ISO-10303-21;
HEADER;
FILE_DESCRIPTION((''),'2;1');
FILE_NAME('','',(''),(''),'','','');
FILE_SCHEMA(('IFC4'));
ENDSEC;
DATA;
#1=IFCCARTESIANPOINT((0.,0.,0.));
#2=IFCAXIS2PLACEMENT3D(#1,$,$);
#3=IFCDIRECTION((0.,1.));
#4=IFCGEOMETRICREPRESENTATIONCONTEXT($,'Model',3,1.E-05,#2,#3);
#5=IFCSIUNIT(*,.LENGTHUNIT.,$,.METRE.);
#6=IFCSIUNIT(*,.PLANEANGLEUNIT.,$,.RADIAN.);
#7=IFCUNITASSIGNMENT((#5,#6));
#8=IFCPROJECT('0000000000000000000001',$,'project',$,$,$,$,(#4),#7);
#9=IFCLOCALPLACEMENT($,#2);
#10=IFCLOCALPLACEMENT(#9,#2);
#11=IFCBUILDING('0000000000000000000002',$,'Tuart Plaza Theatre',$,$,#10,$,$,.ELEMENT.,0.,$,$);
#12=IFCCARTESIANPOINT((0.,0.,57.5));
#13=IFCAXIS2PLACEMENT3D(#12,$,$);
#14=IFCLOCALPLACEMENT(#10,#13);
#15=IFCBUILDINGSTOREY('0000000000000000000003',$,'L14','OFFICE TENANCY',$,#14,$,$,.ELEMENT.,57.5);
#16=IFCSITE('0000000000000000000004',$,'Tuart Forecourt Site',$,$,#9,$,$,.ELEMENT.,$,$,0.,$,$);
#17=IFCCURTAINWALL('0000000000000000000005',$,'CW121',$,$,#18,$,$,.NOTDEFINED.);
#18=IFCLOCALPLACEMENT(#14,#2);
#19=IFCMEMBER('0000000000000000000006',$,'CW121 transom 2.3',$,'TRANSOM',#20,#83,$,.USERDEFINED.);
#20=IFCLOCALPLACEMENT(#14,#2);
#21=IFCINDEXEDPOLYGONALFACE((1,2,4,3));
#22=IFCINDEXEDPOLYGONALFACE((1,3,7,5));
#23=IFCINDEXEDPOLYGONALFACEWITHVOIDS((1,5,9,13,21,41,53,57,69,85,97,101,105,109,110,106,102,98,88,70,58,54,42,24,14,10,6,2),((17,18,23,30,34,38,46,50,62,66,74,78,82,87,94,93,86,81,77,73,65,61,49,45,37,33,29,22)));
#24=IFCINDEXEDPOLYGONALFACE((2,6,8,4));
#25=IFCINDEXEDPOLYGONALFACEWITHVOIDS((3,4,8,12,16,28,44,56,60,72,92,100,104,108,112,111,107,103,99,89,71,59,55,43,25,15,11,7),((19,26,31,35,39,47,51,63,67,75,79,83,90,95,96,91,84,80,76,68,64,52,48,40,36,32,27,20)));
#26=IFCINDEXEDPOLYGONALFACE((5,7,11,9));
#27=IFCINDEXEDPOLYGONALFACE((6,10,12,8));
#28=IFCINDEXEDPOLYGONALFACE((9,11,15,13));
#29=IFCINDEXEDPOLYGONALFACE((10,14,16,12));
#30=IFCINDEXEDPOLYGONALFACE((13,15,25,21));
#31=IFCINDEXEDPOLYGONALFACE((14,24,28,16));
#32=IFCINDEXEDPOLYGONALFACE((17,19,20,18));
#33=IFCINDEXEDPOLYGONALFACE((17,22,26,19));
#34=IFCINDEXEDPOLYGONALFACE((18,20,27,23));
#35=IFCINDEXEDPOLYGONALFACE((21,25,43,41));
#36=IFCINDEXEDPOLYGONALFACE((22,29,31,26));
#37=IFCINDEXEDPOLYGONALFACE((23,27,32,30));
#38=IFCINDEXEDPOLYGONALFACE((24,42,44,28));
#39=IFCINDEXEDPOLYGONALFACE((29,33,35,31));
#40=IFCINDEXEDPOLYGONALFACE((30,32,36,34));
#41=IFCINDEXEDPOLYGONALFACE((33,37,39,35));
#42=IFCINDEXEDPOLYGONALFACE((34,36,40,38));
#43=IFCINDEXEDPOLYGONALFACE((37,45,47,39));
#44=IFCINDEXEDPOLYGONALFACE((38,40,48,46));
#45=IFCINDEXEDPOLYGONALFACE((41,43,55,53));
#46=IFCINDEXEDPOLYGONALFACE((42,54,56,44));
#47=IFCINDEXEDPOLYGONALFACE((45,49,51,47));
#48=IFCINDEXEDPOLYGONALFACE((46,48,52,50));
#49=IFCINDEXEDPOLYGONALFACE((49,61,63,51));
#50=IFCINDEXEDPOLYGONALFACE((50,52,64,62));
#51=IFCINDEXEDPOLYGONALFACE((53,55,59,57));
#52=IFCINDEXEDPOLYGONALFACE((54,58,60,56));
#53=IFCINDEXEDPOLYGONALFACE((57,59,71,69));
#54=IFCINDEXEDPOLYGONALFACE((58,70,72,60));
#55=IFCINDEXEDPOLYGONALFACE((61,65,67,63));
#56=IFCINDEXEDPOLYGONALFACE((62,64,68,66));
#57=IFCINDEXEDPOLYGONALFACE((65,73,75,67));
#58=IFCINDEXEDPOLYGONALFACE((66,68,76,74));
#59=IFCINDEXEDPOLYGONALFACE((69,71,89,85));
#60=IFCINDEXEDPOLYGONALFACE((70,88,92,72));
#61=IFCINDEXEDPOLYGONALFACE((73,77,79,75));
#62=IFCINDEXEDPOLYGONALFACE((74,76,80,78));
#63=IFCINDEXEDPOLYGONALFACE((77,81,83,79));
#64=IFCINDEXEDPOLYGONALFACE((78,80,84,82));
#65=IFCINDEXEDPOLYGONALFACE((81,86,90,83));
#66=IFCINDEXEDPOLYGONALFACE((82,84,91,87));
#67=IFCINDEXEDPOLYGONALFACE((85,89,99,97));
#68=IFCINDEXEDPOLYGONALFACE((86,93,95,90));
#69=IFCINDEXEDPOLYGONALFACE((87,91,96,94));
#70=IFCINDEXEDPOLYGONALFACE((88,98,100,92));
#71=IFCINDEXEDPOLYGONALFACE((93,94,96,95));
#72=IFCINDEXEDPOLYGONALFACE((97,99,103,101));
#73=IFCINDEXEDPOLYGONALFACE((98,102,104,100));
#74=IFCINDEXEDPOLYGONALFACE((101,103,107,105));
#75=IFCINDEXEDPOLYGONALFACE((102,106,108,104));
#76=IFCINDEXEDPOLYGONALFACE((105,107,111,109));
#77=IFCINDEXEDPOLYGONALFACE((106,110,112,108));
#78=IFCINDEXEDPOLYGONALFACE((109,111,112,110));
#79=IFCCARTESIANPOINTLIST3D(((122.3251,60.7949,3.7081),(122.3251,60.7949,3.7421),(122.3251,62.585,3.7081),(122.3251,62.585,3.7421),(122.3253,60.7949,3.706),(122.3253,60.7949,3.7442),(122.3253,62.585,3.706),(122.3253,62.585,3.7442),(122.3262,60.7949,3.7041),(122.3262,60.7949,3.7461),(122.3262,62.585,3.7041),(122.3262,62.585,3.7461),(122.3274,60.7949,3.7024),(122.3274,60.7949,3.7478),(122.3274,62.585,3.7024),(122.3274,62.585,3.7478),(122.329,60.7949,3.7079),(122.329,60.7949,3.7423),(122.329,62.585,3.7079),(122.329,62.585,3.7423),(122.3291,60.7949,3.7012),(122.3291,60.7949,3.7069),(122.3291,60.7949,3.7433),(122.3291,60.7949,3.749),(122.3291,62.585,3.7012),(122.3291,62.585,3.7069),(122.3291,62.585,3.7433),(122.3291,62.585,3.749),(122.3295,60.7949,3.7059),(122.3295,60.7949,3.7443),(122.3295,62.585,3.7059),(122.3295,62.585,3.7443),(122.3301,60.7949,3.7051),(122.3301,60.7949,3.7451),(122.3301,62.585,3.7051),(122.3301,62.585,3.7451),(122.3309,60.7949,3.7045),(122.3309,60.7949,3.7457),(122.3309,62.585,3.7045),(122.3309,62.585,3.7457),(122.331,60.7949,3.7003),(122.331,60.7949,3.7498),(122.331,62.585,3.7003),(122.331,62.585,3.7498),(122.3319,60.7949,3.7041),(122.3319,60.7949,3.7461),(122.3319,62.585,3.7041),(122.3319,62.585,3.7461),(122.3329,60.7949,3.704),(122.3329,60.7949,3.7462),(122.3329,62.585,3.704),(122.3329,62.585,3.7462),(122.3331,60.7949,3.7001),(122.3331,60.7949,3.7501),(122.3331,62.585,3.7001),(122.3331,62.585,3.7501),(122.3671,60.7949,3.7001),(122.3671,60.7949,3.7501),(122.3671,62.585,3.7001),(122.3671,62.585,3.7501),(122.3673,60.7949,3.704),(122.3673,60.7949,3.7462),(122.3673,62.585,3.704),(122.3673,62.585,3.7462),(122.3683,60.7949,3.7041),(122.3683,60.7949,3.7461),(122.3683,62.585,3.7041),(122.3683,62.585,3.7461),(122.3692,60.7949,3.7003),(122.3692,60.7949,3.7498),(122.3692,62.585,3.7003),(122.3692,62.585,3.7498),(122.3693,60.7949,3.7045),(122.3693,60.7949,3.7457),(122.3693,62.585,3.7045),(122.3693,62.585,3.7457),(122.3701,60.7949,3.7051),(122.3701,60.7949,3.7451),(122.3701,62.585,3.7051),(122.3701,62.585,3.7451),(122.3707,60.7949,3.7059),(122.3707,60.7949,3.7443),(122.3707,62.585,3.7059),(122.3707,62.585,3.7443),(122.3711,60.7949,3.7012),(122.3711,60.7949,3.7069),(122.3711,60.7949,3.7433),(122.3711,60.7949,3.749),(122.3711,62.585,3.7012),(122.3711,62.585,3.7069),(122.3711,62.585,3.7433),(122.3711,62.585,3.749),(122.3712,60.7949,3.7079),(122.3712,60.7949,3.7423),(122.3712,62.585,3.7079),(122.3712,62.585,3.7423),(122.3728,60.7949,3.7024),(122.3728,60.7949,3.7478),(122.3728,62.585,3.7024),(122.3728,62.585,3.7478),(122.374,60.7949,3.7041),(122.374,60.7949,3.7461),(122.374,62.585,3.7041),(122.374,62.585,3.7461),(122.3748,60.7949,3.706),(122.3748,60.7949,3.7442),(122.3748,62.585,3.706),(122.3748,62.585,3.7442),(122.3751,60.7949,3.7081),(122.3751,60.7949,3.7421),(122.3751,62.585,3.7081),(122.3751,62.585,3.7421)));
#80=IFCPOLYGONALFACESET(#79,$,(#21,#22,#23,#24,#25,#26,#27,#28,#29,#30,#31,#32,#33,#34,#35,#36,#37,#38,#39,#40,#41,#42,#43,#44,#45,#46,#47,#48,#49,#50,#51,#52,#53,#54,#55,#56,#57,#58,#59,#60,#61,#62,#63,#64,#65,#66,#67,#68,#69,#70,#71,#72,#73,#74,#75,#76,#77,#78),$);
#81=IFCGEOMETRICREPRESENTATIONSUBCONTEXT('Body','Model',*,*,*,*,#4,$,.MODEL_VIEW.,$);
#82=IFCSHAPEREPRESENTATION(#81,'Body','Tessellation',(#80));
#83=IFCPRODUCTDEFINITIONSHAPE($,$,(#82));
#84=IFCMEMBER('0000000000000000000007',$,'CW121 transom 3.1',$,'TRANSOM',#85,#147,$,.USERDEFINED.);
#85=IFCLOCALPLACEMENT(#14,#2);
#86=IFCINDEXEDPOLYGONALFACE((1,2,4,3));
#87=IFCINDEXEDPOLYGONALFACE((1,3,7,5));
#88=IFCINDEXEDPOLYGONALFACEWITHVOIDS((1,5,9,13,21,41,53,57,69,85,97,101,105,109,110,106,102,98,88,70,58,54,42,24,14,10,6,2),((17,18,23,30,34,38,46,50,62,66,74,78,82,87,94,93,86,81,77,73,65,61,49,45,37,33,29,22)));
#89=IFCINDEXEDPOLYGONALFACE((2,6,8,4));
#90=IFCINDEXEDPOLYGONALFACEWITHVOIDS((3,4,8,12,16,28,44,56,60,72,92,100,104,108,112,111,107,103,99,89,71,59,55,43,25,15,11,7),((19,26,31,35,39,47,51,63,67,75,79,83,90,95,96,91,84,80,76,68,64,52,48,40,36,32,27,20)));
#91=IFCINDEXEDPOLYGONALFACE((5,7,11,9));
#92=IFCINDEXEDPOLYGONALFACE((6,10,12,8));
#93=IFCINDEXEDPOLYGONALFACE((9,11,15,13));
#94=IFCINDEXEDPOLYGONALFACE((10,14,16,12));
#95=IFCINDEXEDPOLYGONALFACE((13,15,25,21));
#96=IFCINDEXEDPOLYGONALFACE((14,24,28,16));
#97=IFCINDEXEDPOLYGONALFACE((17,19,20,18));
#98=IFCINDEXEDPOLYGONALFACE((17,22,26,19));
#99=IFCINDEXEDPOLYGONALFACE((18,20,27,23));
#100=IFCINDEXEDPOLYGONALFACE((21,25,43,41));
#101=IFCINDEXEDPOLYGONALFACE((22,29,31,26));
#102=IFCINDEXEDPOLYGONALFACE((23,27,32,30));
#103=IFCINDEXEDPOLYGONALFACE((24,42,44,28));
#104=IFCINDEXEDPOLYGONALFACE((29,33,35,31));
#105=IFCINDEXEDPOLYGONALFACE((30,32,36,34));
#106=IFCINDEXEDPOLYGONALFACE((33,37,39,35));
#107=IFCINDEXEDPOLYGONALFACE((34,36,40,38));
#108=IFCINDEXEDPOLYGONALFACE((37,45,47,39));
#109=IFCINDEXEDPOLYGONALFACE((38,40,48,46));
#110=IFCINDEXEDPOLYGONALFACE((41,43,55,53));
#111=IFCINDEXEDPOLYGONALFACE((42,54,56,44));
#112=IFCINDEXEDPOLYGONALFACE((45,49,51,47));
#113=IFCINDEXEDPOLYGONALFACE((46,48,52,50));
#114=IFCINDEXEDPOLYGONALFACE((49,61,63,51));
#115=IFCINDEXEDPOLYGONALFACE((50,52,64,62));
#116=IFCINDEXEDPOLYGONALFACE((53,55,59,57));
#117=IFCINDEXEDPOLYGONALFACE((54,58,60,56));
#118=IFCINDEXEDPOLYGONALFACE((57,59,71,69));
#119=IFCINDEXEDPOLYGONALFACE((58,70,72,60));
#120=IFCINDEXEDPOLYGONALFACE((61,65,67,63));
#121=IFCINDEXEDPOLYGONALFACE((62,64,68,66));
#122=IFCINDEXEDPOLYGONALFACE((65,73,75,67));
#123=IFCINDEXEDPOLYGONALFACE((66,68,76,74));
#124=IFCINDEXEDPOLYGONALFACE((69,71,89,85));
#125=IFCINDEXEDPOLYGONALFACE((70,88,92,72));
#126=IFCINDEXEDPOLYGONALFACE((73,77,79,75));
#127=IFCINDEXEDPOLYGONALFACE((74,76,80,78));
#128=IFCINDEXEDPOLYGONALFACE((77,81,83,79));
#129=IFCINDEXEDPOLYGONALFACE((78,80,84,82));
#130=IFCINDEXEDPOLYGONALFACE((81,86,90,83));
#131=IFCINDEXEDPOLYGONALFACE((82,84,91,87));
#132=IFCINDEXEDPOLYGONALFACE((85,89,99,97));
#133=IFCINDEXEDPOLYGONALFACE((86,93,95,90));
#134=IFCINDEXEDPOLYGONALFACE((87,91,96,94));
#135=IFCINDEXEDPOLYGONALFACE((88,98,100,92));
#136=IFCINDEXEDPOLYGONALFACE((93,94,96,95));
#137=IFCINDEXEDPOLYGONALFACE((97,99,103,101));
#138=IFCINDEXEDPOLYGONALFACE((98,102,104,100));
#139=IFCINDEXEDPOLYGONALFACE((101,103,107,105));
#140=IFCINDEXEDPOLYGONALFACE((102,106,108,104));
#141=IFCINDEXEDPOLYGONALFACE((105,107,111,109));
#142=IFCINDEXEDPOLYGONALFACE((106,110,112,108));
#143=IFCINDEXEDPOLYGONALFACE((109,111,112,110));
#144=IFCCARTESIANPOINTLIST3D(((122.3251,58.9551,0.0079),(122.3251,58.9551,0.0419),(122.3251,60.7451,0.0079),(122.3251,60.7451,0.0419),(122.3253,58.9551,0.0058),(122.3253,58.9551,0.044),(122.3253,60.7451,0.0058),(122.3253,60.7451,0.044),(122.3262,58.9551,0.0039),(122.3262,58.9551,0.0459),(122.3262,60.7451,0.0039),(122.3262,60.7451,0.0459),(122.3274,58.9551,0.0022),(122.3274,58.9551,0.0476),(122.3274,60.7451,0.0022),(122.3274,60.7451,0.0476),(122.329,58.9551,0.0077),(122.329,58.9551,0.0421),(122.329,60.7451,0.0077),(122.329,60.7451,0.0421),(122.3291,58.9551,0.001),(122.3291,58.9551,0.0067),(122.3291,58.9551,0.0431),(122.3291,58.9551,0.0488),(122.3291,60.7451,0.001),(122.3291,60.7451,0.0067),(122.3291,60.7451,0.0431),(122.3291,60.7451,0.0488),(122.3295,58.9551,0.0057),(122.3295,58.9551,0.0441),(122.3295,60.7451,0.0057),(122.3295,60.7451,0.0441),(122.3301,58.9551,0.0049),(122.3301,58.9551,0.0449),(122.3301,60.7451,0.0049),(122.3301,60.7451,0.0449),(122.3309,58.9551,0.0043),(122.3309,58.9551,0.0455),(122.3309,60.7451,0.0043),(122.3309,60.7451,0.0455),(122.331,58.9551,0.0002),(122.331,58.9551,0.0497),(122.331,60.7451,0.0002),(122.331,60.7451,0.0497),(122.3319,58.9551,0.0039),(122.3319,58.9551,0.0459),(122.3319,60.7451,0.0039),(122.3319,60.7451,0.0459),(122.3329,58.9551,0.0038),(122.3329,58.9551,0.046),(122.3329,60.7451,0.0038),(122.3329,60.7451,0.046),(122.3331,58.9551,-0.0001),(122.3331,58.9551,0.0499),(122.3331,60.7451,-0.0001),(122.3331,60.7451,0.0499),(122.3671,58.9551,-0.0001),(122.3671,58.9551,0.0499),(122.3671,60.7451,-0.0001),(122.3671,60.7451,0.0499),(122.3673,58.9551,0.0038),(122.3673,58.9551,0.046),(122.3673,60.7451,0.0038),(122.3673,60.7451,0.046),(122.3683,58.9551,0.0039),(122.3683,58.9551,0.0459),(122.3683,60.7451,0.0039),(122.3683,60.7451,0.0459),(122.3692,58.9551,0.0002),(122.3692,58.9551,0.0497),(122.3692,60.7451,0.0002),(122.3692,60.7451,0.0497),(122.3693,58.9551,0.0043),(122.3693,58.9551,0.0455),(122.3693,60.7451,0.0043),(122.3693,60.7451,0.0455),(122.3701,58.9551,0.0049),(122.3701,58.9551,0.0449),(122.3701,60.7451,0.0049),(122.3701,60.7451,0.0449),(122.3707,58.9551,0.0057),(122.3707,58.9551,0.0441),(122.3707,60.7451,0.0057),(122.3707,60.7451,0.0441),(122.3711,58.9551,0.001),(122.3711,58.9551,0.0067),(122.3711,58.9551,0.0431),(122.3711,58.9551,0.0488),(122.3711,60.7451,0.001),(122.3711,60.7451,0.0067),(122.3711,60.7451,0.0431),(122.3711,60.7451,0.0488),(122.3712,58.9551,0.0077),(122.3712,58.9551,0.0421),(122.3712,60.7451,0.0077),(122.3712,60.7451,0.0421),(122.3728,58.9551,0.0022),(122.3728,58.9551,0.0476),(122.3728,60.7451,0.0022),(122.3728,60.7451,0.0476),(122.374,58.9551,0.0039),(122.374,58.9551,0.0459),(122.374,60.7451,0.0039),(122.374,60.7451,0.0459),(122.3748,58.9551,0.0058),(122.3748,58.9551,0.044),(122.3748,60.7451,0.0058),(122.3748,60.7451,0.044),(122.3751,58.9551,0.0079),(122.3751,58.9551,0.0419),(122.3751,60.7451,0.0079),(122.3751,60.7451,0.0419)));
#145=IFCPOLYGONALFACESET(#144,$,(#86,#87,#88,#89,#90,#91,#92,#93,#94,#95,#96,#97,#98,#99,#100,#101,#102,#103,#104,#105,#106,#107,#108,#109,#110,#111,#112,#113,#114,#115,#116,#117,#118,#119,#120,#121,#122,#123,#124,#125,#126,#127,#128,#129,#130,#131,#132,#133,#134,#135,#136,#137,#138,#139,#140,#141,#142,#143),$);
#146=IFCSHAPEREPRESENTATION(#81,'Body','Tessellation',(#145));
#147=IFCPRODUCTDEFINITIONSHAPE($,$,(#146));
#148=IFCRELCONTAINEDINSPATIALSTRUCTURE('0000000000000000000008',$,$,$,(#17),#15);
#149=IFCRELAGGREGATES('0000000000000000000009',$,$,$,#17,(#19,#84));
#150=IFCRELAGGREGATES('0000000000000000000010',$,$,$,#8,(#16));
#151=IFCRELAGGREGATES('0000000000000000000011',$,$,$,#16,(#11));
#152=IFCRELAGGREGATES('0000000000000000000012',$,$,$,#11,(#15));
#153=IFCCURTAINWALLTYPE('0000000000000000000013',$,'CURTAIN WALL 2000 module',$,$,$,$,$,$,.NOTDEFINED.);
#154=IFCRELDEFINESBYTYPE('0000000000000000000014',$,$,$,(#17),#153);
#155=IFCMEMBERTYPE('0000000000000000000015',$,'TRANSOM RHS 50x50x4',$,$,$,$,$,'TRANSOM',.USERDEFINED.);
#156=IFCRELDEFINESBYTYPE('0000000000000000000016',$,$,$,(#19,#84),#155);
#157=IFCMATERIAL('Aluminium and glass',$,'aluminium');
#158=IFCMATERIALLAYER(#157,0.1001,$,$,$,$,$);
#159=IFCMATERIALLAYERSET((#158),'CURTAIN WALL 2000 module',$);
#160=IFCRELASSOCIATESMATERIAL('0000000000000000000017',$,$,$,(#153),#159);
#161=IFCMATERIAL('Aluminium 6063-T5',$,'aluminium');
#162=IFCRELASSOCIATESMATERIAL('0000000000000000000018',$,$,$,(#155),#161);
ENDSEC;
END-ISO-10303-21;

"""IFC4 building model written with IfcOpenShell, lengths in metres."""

from ifc_helpers import new_model, si_unit, direction, frame, origin, origin_2d, place, context, subcontext, project, spatial, hollow_rectangle, extrude, material, layer, layer_set, material_profile, profile_set, type_object, element, aggregate, save


model = new_model("IFC4")

# Units and contexts
model_context = context("Model", 3, precision=1e-05, world=origin(), true_north=direction((0.0, 1.0)))
body_context = subcontext(model_context, "Body", "Model", "MODEL_VIEW")
ifc_project = project(units=[si_unit("LENGTHUNIT", "METRE"), si_unit("PLANEANGLEUNIT", "RADIAN")], contexts=[model_context])

# Site, building, storey
site_placement = place(None, origin())
site = spatial("IfcSite", under=ifc_project, at=site_placement, Name="Tuart Forecourt Site", CompositionType="ELEMENT", RefElevation=0.0)
building_placement = place(site_placement, origin())
building = spatial("IfcBuilding", under=site, at=building_placement, Name="Tuart Plaza Theatre", CompositionType="ELEMENT", ElevationOfRefHeight=0.0)
storey_placement = place(building_placement, frame((0.0, 0.0, 57.5)))
storey = spatial("IfcBuildingStorey", under=building, at=storey_placement, Name="L14", Description="OFFICE TENANCY", CompositionType="ELEMENT", Elevation=57.5)

# Curtain wall, members
ifc_material_1 = material(Name="Aluminium and glass", Category="aluminium")
ifc_layer_1 = layer(ifc_material_1, 0.1001)
ifc_layer_set_1 = layer_set([ifc_layer_1], Name="CURTAIN WALL 2000 module")
curtain_wall_type = type_object("IfcCurtainWallType", Name="CURTAIN WALL 2000 module", PredefinedType="NOTDEFINED", material=ifc_layer_set_1)
curtain_wall_placement = place(storey_placement, origin())
curtain_wall = element("IfcCurtainWall", 1, at=curtain_wall_placement, inside=storey, type_object=curtain_wall_type, Name="CW121", PredefinedType="NOTDEFINED")
ifc_material_2 = material(Name="Aluminium 6063-T5", Category="aluminium")
ifc_material_profile_1 = material_profile(ifc_material_2, hollow_rectangle(XDim=0.05, YDim=0.05, WallThickness=0.0039, InnerFilletRadius=0.0039, OuterFilletRadius=0.0081, at=origin_2d()), Name="RHS 50x50x4")
ifc_profile_set_1 = profile_set([ifc_material_profile_1], Name="Aluminium 6063-T5")
member_type_1 = type_object("IfcMemberType", Name="TRANSOM RHS 50x50x4", ElementType="TRANSOM", PredefinedType="USERDEFINED", material=ifc_profile_set_1)
member_1_placement = place(storey_placement, frame((122.3501, 62.585, 3.7251), z_axis=(0.0, -1.0, 0.0), x_axis=(1.0, 0.0, 0.0)))
member_1 = element("IfcMember", 2, at=member_1_placement, type_object=member_type_1, Name="CW121 transom 2.3", ObjectType="TRANSOM", PredefinedType="USERDEFINED", context=body_context, shape_type="SweptSolid", body=[
    extrude(hollow_rectangle(XDim=0.05, YDim=0.05, WallThickness=0.0039, InnerFilletRadius=0.0039, OuterFilletRadius=0.0081, at=origin_2d()), origin(), (0.0, 0.0, 1.0), 1.79),
])
member_2_placement = place(storey_placement, frame((122.3501, 60.7451, 0.0249), z_axis=(0.0, -1.0, 0.0), x_axis=(1.0, 0.0, 0.0)))
member_2 = element("IfcMember", 3, at=member_2_placement, type_object=member_type_1, Name="CW121 transom 3.1", ObjectType="TRANSOM", PredefinedType="USERDEFINED", context=body_context, shape_type="SweptSolid", body=[
    extrude(hollow_rectangle(XDim=0.05, YDim=0.05, WallThickness=0.0039, InnerFilletRadius=0.0039, OuterFilletRadius=0.0081, at=origin_2d()), origin(), (0.0, 0.0, 1.0), 1.79),
])
aggregate(curtain_wall, [member_1, member_2])

save(model, "model.ifc")
